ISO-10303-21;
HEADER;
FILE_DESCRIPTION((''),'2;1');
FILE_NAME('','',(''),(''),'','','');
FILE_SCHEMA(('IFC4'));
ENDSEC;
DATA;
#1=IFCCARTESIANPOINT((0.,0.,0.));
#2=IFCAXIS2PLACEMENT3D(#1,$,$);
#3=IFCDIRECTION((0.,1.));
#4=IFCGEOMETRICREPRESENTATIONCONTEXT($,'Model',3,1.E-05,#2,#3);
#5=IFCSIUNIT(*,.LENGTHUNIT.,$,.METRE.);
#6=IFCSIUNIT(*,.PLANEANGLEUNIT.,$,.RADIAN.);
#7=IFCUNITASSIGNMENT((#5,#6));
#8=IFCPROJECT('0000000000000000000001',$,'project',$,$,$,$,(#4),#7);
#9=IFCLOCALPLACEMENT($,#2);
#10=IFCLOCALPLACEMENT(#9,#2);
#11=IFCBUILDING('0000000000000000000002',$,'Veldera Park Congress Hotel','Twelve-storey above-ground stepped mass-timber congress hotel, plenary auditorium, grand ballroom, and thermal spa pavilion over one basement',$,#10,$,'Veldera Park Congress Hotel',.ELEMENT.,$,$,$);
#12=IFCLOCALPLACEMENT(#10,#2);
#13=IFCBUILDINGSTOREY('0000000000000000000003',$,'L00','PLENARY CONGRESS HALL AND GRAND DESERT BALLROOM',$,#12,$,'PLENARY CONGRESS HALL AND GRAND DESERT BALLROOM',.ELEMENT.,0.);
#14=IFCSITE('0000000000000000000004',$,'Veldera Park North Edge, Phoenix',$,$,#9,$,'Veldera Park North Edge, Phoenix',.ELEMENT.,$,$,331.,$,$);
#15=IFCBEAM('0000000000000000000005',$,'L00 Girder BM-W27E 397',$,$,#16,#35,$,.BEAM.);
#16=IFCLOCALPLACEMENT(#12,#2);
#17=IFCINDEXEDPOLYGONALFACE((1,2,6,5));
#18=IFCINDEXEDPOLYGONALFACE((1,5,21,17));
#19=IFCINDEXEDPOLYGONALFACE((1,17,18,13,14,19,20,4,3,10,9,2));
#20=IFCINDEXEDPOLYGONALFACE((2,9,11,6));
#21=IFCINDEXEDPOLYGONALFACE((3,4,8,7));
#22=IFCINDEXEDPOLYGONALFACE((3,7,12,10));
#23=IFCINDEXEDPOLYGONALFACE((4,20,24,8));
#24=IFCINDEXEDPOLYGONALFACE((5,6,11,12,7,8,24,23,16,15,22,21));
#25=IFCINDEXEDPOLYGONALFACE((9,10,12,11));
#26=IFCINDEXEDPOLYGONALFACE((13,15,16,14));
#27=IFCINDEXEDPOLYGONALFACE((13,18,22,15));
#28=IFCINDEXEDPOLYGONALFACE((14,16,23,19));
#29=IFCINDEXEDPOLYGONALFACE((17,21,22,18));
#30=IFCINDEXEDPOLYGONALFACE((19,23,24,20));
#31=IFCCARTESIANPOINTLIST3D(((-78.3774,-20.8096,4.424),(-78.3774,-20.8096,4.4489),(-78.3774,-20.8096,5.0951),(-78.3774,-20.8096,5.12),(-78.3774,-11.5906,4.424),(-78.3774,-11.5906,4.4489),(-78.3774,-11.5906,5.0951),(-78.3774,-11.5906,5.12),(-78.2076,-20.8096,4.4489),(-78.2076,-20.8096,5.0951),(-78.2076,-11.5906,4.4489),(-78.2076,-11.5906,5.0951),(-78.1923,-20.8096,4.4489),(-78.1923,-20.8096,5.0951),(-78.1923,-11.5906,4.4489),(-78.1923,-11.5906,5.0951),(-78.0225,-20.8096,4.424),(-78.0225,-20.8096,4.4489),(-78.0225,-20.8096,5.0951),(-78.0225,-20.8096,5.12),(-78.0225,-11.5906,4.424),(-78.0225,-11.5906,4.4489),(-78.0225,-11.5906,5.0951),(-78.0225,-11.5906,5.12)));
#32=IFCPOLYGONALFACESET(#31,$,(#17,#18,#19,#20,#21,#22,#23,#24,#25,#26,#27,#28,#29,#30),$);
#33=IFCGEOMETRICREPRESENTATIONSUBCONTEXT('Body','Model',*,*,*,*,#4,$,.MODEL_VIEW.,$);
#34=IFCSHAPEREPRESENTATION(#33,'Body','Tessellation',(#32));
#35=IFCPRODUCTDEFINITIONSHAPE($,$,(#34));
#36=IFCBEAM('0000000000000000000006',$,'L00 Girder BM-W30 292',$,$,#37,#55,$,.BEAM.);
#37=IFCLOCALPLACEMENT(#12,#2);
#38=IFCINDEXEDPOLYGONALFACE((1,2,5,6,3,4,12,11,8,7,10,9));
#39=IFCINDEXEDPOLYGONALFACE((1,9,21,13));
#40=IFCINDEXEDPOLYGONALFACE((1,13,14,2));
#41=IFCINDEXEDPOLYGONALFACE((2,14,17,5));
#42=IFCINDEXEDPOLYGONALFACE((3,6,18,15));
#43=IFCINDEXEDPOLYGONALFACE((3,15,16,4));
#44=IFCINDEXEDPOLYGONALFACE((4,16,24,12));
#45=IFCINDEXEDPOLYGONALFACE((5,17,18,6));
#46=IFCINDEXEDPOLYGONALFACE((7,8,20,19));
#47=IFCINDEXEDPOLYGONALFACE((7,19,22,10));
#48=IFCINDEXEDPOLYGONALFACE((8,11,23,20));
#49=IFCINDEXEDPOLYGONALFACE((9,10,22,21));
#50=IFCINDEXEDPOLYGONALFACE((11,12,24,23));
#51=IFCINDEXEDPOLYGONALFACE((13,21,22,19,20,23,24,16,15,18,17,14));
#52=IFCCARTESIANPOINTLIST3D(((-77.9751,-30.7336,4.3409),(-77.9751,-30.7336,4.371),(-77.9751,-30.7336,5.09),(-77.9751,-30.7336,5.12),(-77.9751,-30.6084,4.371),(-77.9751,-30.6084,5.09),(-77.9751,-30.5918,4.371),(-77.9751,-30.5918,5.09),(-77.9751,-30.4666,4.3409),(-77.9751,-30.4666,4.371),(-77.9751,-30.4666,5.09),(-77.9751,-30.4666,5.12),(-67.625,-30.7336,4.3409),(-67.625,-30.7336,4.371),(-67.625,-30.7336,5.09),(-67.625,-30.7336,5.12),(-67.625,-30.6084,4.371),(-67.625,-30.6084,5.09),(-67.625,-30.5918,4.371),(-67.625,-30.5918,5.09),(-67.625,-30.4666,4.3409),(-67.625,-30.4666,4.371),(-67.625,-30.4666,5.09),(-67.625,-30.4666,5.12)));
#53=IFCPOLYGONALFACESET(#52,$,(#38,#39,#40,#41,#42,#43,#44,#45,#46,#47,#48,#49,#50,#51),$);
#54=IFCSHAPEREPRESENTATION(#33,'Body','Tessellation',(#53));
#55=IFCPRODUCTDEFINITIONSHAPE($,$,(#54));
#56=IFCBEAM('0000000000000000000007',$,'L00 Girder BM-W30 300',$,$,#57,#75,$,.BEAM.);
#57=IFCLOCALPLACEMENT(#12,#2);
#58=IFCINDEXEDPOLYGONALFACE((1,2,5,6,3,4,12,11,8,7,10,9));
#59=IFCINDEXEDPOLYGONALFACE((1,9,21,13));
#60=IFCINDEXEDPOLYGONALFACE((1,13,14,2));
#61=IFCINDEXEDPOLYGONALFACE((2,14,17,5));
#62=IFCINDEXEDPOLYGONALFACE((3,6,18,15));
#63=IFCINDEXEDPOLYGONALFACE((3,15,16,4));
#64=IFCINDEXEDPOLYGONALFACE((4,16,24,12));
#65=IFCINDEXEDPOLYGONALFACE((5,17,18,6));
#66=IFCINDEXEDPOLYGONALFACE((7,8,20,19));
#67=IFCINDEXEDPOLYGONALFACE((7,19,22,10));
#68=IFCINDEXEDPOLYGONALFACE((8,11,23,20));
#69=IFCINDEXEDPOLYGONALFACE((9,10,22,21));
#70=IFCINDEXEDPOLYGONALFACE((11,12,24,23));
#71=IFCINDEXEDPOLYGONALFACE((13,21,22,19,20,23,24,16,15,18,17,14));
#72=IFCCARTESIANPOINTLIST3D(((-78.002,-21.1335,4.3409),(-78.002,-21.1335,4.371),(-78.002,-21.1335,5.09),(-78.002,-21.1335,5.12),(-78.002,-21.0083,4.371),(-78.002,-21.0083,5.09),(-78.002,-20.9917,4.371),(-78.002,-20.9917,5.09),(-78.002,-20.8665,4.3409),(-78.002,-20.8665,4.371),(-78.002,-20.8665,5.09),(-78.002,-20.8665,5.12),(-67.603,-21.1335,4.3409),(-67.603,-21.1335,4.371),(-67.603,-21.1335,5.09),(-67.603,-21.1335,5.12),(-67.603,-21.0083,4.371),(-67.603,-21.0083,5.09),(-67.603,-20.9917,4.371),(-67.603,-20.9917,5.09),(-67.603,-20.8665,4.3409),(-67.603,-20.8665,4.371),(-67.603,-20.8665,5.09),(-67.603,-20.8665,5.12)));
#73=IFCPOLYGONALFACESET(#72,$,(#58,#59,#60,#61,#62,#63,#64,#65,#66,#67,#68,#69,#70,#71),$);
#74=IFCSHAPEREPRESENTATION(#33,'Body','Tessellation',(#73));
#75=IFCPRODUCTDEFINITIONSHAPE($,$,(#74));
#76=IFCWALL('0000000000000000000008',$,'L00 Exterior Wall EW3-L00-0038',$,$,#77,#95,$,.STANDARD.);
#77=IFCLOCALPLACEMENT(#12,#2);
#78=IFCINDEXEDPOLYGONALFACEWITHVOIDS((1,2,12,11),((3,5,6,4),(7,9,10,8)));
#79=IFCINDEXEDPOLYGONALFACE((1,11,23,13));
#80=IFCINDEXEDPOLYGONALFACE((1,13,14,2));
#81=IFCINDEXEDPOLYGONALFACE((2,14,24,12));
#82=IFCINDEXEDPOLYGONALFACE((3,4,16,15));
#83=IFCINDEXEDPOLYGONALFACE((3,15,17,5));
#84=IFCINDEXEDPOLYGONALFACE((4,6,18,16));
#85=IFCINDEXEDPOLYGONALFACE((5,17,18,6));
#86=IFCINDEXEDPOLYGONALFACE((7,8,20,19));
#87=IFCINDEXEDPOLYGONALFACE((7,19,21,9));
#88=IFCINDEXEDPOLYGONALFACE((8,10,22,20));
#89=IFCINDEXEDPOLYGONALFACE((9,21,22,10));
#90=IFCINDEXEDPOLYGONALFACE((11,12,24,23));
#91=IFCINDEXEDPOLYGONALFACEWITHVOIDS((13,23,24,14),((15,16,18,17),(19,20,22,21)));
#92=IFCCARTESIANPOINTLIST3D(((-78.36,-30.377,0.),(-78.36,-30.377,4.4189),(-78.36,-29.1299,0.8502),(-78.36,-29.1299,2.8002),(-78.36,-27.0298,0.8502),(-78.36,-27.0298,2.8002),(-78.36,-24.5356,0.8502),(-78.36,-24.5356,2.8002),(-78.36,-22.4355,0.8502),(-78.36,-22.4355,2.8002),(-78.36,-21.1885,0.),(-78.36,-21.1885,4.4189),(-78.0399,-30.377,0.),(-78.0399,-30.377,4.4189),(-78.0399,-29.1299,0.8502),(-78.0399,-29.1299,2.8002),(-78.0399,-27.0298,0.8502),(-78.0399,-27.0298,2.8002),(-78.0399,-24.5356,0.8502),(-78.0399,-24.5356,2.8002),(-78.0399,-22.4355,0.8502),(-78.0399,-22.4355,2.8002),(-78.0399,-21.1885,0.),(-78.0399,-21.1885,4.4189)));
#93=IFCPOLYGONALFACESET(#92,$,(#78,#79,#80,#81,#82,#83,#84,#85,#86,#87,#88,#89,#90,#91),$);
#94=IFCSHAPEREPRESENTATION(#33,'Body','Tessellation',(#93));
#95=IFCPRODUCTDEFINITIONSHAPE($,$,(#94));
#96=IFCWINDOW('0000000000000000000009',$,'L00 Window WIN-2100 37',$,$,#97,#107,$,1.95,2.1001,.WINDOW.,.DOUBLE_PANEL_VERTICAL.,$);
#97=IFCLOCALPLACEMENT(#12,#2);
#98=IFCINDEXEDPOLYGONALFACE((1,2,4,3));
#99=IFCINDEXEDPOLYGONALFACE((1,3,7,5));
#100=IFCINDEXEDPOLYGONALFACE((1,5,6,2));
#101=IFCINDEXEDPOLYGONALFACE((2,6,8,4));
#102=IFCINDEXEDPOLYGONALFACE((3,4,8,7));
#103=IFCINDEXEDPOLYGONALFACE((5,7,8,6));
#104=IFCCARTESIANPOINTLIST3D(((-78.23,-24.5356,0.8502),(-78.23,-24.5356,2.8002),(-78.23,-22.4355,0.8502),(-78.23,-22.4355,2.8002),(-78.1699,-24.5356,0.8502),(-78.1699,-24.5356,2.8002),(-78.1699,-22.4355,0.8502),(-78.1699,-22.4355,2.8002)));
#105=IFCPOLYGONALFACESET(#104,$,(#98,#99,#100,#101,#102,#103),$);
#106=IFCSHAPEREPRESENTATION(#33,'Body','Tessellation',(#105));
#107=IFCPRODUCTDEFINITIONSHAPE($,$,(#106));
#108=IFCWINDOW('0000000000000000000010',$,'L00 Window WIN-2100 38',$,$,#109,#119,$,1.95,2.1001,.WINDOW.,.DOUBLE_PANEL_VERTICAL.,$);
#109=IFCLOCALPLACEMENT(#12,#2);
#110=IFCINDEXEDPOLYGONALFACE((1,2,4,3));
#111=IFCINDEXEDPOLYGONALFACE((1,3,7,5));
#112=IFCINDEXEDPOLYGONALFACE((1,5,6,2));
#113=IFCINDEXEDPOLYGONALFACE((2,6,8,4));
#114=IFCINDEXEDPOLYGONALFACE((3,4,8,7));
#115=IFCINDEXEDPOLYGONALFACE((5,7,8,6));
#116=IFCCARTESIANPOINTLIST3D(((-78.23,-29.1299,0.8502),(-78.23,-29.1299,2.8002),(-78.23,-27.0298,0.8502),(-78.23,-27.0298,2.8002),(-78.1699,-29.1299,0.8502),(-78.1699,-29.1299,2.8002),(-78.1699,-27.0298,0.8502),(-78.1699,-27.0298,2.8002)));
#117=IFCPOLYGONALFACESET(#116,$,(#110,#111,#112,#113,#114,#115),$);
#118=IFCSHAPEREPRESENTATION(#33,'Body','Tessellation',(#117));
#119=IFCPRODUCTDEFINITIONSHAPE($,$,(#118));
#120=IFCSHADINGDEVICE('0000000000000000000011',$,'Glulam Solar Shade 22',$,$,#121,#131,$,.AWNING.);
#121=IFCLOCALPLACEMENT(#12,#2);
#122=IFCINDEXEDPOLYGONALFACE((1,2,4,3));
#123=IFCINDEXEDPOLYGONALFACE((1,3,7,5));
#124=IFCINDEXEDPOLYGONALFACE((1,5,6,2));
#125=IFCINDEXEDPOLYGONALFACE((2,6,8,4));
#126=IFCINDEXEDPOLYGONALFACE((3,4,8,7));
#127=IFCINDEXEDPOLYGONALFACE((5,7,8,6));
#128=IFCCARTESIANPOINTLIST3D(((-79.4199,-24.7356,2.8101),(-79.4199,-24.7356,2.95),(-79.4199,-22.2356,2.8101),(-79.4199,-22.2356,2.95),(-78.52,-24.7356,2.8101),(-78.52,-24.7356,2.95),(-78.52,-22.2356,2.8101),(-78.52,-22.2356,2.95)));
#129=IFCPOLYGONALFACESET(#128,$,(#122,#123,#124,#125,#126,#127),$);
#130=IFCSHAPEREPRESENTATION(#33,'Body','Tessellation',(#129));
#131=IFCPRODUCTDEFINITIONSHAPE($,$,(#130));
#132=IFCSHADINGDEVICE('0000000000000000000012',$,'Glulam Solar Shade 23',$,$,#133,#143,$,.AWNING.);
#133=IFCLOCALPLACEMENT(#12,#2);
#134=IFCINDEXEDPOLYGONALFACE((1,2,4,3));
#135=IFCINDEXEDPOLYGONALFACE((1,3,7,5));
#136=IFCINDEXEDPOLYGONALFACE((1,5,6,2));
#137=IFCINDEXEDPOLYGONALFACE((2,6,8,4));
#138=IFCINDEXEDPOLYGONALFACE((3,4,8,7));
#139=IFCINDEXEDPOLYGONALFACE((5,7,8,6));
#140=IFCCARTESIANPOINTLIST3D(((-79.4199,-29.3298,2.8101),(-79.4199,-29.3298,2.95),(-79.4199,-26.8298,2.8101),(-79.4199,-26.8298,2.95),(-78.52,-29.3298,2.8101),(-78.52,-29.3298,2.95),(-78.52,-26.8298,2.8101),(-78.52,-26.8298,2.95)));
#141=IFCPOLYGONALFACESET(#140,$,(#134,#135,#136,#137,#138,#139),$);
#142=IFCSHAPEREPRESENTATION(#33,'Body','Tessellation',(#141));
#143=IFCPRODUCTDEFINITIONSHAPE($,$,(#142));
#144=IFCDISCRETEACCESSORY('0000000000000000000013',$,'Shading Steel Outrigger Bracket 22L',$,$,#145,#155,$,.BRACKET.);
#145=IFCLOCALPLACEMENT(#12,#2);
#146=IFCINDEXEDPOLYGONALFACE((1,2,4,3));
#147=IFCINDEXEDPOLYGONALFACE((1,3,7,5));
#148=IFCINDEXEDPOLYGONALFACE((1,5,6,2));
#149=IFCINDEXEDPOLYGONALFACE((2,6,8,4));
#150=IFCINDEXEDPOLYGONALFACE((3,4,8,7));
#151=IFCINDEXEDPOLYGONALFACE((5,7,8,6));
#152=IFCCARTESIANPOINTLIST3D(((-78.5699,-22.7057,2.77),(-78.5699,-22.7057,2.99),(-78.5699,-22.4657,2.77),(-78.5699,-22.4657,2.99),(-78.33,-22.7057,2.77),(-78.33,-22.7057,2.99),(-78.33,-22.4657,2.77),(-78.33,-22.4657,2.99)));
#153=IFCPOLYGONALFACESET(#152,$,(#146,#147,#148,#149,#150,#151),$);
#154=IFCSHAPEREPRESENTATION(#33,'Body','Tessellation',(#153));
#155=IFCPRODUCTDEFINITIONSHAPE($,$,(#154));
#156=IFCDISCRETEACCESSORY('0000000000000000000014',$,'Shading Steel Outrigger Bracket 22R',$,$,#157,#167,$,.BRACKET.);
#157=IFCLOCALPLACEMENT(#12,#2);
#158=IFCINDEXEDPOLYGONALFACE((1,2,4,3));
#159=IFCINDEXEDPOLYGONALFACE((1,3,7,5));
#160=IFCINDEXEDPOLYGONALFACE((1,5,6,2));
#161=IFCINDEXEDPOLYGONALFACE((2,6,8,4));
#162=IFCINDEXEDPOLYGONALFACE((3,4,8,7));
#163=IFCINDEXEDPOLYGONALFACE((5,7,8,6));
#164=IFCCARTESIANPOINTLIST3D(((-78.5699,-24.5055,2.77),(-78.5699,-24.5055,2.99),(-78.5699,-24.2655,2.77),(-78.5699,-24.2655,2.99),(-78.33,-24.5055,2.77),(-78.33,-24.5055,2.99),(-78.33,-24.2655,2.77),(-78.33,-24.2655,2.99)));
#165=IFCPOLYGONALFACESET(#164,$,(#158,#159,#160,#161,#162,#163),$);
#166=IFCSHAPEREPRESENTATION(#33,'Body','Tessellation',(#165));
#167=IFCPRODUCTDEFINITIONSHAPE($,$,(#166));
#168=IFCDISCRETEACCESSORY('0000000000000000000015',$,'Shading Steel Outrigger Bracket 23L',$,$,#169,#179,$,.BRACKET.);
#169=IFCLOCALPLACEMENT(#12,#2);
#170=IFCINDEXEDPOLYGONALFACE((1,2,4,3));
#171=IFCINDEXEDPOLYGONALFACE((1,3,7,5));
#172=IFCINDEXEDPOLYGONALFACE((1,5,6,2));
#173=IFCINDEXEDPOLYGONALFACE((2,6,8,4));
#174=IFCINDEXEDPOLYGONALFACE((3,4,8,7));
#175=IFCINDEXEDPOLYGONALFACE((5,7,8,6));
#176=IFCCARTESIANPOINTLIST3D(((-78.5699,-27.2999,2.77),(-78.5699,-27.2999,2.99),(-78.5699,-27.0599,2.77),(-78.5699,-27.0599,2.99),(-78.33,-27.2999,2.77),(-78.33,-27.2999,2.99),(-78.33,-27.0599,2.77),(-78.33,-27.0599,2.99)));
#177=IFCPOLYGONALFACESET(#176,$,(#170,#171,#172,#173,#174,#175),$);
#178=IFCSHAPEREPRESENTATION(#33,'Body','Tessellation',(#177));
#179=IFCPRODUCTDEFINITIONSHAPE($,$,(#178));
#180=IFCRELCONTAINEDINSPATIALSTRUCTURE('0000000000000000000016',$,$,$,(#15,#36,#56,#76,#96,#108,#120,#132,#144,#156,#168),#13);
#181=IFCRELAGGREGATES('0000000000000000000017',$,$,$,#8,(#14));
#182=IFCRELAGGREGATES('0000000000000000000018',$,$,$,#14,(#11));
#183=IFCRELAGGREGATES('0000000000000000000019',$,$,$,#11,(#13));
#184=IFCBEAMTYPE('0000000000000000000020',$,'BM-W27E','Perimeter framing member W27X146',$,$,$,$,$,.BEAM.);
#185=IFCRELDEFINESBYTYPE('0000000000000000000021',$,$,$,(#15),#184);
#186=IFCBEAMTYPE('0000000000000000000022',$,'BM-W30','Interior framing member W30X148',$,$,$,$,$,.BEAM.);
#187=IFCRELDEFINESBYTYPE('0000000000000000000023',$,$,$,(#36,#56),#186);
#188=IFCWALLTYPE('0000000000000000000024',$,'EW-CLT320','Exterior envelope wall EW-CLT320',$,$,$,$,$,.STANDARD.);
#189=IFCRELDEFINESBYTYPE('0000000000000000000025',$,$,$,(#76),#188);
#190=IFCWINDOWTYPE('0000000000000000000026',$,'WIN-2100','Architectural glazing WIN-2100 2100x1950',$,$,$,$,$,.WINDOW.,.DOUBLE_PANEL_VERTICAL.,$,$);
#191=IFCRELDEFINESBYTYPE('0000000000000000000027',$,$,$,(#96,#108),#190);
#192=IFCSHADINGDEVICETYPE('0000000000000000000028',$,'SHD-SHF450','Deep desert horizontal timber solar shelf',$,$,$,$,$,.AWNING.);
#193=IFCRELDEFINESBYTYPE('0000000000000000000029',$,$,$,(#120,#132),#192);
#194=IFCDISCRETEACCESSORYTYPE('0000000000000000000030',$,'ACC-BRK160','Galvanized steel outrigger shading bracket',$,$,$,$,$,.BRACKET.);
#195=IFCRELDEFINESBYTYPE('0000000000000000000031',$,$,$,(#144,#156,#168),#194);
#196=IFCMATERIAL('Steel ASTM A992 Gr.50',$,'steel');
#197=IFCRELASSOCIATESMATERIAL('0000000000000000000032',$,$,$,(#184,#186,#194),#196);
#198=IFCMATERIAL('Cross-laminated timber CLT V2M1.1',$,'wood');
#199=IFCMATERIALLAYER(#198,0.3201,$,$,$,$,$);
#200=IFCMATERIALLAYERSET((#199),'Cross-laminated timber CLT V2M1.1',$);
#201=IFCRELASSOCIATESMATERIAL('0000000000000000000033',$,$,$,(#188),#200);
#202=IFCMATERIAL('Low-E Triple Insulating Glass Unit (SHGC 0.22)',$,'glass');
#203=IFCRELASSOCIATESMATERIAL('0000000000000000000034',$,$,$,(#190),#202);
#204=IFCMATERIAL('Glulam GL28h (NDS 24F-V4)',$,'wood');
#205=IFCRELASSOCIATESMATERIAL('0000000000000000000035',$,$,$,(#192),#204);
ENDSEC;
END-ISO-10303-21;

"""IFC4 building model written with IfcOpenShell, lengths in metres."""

from ifc_helpers import new_model, si_unit, direction, frame, frame_2d, origin, origin_2d, place, context, subcontext, project, spatial, rectangle, i_section, extrude, material, layer, layer_set, material_profile, profile_set, type_object, element, fill, save


model = new_model("IFC4")

# Units and contexts
model_context = context("Model", 3, precision=1e-05, world=origin(), true_north=direction((0.0, 1.0)))
body_context = subcontext(model_context, "Body", "Model", "MODEL_VIEW")
ifc_project = project(units=[si_unit("LENGTHUNIT", "METRE"), si_unit("PLANEANGLEUNIT", "RADIAN")], contexts=[model_context])

# Site, building, storey
site_placement = place(None, origin())
site = spatial("IfcSite", under=ifc_project, at=site_placement, Name="Veldera Park North Edge, Phoenix", LongName="Veldera Park North Edge, Phoenix", CompositionType="ELEMENT", RefElevation=331.0)
building_placement = place(site_placement, origin())
building = spatial("IfcBuilding", under=site, at=building_placement, Name="Veldera Park Congress Hotel", Description="Twelve-storey above-ground stepped mass-timber congress hotel, plenary auditorium, grand ballroom, and thermal spa pavilion over one basement", LongName="Veldera Park Congress Hotel", CompositionType="ELEMENT")
storey_placement = place(building_placement, origin())
storey = spatial("IfcBuildingStorey", under=building, at=storey_placement, Name="L00", Description="PLENARY CONGRESS HALL AND GRAND DESERT BALLROOM", LongName="PLENARY CONGRESS HALL AND GRAND DESERT BALLROOM", CompositionType="ELEMENT", Elevation=0.0)

# Shared definitions
ifc_material_1 = material(Name="Glulam GL28h (NDS 24F-V4)", Category="wood")
ifc_material_2 = material(Name="Steel ASTM A992 Gr.50", Category="steel")

# Beams
ifc_material_profile_1 = material_profile(ifc_material_2, i_section(OverallWidth=0.355, OverallDepth=0.696, WebThickness=0.0154, FlangeThickness=0.0249, at=origin_2d()), Name="W27X146")
ifc_profile_set_1 = profile_set([ifc_material_profile_1], Name="Steel ASTM A992 Gr.50")
beam_type_1 = type_object("IfcBeamType", Name="BM-W27E", Description="Perimeter framing member W27X146", PredefinedType="BEAM", material=ifc_profile_set_1)
beam_1_placement = place(storey_placement, frame((-78.2, -20.8096, 4.772), z_axis=(0.0, 1.0, 0.0), x_axis=(-1.0, 0.0, 0.0)))
element("IfcBeam", 1, at=beam_1_placement, inside=storey, type_object=beam_type_1, Name="L00 Girder BM-W27E 397", PredefinedType="BEAM", context=body_context, shape_type="SweptSolid", body=[
    extrude(i_section(OverallWidth=0.355, OverallDepth=0.696, WebThickness=0.0154, FlangeThickness=0.0249, at=origin_2d()), origin(), (0.0, 0.0, 1.0), 9.219),
])
ifc_material_profile_2 = material_profile(ifc_material_2, i_section(OverallWidth=0.2671, OverallDepth=0.7791, WebThickness=0.0166, FlangeThickness=0.03, at=origin_2d()), Name="W30X148")
ifc_profile_set_2 = profile_set([ifc_material_profile_2], Name="Steel ASTM A992 Gr.50")
beam_type_2 = type_object("IfcBeamType", Name="BM-W30", Description="Interior framing member W30X148", PredefinedType="BEAM", material=ifc_profile_set_2)
beam_2_placement = place(storey_placement, frame((-77.9751, -30.6001, 4.7305), z_axis=(1.0, 0.0, 0.0), x_axis=(0.0, 1.0, 0.0)))
element("IfcBeam", 2, at=beam_2_placement, inside=storey, type_object=beam_type_2, Name="L00 Girder BM-W30 292", PredefinedType="BEAM", context=body_context, shape_type="SweptSolid", body=[
    extrude(i_section(OverallWidth=0.2671, OverallDepth=0.7791, WebThickness=0.0166, FlangeThickness=0.03, at=origin_2d()), origin(), (0.0, 0.0, 1.0), 10.3501),
])
beam_3_placement = place(storey_placement, frame((-78.002, -21.0, 4.7305), z_axis=(1.0, 0.0, 0.0), x_axis=(0.0, 1.0, 0.0)))
element("IfcBeam", 3, at=beam_3_placement, inside=storey, type_object=beam_type_2, Name="L00 Girder BM-W30 300", PredefinedType="BEAM", context=body_context, shape_type="SweptSolid", body=[
    extrude(i_section(OverallWidth=0.2671, OverallDepth=0.7791, WebThickness=0.0166, FlangeThickness=0.03, at=origin_2d()), origin(), (0.0, 0.0, 1.0), 10.3989),
])

# Wall, openings, windows
ifc_material_3 = material(Name="Cross-laminated timber CLT V2M1.1", Category="wood")
ifc_layer_1 = layer(ifc_material_3, 0.3201)
ifc_layer_set_1 = layer_set([ifc_layer_1], Name="Cross-laminated timber CLT V2M1.1")
wall_type_1 = type_object("IfcWallType", Name="EW-CLT320", Description="Exterior envelope wall EW-CLT320", PredefinedType="STANDARD", material=ifc_layer_set_1)
wall_1_placement = place(storey_placement, frame((-78.2, -21.1885, 0.0), z_axis=(0.0, 0.0, 1.0), x_axis=(0.0, -1.0, 0.0)))
wall_1 = element("IfcWall", 4, at=wall_1_placement, inside=storey, type_object=wall_type_1, Name="L00 Exterior Wall EW3-L00-0038", PredefinedType="STANDARD", context=body_context, shape_type="SweptSolid", body=[
    extrude(rectangle(XDim=9.1885, YDim=0.3201, at=frame_2d((4.5942, 0.0))), origin(), (0.0, 0.0, 1.0), 4.4189),
])
opening_1_placement = place(wall_1_placement, frame((1.2471, 0.0, 0.8501)))
opening_1 = element("IfcOpeningElement", 5, at=opening_1_placement, cuts=wall_1, PredefinedType="OPENING", context=body_context, shape_type="SweptSolid", body=[
    extrude(rectangle(XDim=2.1001, YDim=1.95, at=frame_2d((1.05, 0.9751))), frame((0.0, 0.1721, 0.0), z_axis=(0.0, -1.0, 0.0), x_axis=(1.0, 0.0, 0.0)), (0.0, 0.0, 1.0), 0.344),
])
opening_2_placement = place(wall_1_placement, frame((5.8413, 0.0, 0.8501)))
opening_2 = element("IfcOpeningElement", 6, at=opening_2_placement, cuts=wall_1, PredefinedType="OPENING", context=body_context, shape_type="SweptSolid", body=[
    extrude(rectangle(XDim=2.1001, YDim=1.95, at=frame_2d((1.05, 0.9751))), frame((0.0, 0.1721, 0.0), z_axis=(0.0, -1.0, 0.0), x_axis=(1.0, 0.0, 0.0)), (0.0, 0.0, 1.0), 0.344),
])
ifc_material_4 = material(Name="Low-E Triple Insulating Glass Unit (SHGC 0.22)", Category="glass")
window_type = type_object("IfcWindowType", Name="WIN-2100", Description="Architectural glazing WIN-2100 2100x1950", PartitioningType="DOUBLE_PANEL_VERTICAL", PredefinedType="WINDOW", material=ifc_material_4)
window_1_placement = place(opening_1_placement, origin())
window_1 = element("IfcWindow", 7, at=window_1_placement, inside=storey, type_object=window_type, Name="L00 Window WIN-2100 37", OverallHeight=1.95, OverallWidth=2.1001, PartitioningType="DOUBLE_PANEL_VERTICAL", PredefinedType="WINDOW", context=body_context, shape_type="SweptSolid", body=[
    extrude(rectangle(XDim=2.1001, YDim=1.95, at=frame_2d((1.05, 0.9751))), frame((0.0, 0.03, 0.0), z_axis=(0.0, -1.0, 0.0), x_axis=(1.0, 0.0, 0.0)), (0.0, 0.0, 1.0), 0.0601),
])
fill(opening_1, window_1)
window_2_placement = place(opening_2_placement, origin())
window_2 = element("IfcWindow", 8, at=window_2_placement, inside=storey, type_object=window_type, Name="L00 Window WIN-2100 38", OverallHeight=1.95, OverallWidth=2.1001, PartitioningType="DOUBLE_PANEL_VERTICAL", PredefinedType="WINDOW", context=body_context, shape_type="SweptSolid", body=[
    extrude(rectangle(XDim=2.1001, YDim=1.95, at=frame_2d((1.05, 0.9751))), frame((0.0, 0.03, 0.0), z_axis=(0.0, -1.0, 0.0), x_axis=(1.0, 0.0, 0.0)), (0.0, 0.0, 1.0), 0.0601),
])
fill(opening_2, window_2)

# Shading devices
shading_device_type = type_object("IfcShadingDeviceType", Name="SHD-SHF450", Description="Deep desert horizontal timber solar shelf", PredefinedType="AWNING", material=ifc_material_1)
for number, where, z_axis, x_axis, name in (
    (9, (-78.97, -23.4856, 2.8101), (0.0, 0.0, 1.0), (0.0, -1.0, 0.0), "Glulam Solar Shade 22"),
    (10, (-78.97, -28.0798, 2.8101), (0.0, 0.0, 1.0), (0.0, -1.0, 0.0), "Glulam Solar Shade 23"),
):
    element("IfcShadingDevice", number, at=place(storey_placement, frame(where, z_axis=z_axis, x_axis=x_axis)), inside=storey, type_object=shading_device_type, Name=name, PredefinedType="AWNING", context=body_context, shape_type="SweptSolid", body=[
        extrude(rectangle(XDim=2.5, YDim=0.8999, at=origin_2d()), origin(), (0.0, 0.0, 1.0), 0.1399),
    ])

# Discrete accessories
discrete_accessory_type = type_object("IfcDiscreteAccessoryType", Name="ACC-BRK160", Description="Galvanized steel outrigger shading bracket", PredefinedType="BRACKET", material=ifc_material_2)
for number, where, z_axis, x_axis, name in (
    (11, (-78.45, -22.5857, 2.77), (0.0, 0.0, 1.0), (0.0, -1.0, 0.0), "Shading Steel Outrigger Bracket 22L"),
    (12, (-78.45, -24.3855, 2.77), (0.0, 0.0, 1.0), (0.0, -1.0, 0.0), "Shading Steel Outrigger Bracket 22R"),
    (13, (-78.45, -27.1799, 2.77), (0.0, 0.0, 1.0), (0.0, -1.0, 0.0), "Shading Steel Outrigger Bracket 23L"),
):
    element("IfcDiscreteAccessory", number, at=place(storey_placement, frame(where, z_axis=z_axis, x_axis=x_axis)), inside=storey, type_object=discrete_accessory_type, Name=name, PredefinedType="BRACKET", context=body_context, shape_type="SweptSolid", body=[
        extrude(rectangle(XDim=0.24, YDim=0.24, at=origin_2d()), origin(), (0.0, 0.0, 1.0), 0.22),
    ])

save(model, "model.ifc")
